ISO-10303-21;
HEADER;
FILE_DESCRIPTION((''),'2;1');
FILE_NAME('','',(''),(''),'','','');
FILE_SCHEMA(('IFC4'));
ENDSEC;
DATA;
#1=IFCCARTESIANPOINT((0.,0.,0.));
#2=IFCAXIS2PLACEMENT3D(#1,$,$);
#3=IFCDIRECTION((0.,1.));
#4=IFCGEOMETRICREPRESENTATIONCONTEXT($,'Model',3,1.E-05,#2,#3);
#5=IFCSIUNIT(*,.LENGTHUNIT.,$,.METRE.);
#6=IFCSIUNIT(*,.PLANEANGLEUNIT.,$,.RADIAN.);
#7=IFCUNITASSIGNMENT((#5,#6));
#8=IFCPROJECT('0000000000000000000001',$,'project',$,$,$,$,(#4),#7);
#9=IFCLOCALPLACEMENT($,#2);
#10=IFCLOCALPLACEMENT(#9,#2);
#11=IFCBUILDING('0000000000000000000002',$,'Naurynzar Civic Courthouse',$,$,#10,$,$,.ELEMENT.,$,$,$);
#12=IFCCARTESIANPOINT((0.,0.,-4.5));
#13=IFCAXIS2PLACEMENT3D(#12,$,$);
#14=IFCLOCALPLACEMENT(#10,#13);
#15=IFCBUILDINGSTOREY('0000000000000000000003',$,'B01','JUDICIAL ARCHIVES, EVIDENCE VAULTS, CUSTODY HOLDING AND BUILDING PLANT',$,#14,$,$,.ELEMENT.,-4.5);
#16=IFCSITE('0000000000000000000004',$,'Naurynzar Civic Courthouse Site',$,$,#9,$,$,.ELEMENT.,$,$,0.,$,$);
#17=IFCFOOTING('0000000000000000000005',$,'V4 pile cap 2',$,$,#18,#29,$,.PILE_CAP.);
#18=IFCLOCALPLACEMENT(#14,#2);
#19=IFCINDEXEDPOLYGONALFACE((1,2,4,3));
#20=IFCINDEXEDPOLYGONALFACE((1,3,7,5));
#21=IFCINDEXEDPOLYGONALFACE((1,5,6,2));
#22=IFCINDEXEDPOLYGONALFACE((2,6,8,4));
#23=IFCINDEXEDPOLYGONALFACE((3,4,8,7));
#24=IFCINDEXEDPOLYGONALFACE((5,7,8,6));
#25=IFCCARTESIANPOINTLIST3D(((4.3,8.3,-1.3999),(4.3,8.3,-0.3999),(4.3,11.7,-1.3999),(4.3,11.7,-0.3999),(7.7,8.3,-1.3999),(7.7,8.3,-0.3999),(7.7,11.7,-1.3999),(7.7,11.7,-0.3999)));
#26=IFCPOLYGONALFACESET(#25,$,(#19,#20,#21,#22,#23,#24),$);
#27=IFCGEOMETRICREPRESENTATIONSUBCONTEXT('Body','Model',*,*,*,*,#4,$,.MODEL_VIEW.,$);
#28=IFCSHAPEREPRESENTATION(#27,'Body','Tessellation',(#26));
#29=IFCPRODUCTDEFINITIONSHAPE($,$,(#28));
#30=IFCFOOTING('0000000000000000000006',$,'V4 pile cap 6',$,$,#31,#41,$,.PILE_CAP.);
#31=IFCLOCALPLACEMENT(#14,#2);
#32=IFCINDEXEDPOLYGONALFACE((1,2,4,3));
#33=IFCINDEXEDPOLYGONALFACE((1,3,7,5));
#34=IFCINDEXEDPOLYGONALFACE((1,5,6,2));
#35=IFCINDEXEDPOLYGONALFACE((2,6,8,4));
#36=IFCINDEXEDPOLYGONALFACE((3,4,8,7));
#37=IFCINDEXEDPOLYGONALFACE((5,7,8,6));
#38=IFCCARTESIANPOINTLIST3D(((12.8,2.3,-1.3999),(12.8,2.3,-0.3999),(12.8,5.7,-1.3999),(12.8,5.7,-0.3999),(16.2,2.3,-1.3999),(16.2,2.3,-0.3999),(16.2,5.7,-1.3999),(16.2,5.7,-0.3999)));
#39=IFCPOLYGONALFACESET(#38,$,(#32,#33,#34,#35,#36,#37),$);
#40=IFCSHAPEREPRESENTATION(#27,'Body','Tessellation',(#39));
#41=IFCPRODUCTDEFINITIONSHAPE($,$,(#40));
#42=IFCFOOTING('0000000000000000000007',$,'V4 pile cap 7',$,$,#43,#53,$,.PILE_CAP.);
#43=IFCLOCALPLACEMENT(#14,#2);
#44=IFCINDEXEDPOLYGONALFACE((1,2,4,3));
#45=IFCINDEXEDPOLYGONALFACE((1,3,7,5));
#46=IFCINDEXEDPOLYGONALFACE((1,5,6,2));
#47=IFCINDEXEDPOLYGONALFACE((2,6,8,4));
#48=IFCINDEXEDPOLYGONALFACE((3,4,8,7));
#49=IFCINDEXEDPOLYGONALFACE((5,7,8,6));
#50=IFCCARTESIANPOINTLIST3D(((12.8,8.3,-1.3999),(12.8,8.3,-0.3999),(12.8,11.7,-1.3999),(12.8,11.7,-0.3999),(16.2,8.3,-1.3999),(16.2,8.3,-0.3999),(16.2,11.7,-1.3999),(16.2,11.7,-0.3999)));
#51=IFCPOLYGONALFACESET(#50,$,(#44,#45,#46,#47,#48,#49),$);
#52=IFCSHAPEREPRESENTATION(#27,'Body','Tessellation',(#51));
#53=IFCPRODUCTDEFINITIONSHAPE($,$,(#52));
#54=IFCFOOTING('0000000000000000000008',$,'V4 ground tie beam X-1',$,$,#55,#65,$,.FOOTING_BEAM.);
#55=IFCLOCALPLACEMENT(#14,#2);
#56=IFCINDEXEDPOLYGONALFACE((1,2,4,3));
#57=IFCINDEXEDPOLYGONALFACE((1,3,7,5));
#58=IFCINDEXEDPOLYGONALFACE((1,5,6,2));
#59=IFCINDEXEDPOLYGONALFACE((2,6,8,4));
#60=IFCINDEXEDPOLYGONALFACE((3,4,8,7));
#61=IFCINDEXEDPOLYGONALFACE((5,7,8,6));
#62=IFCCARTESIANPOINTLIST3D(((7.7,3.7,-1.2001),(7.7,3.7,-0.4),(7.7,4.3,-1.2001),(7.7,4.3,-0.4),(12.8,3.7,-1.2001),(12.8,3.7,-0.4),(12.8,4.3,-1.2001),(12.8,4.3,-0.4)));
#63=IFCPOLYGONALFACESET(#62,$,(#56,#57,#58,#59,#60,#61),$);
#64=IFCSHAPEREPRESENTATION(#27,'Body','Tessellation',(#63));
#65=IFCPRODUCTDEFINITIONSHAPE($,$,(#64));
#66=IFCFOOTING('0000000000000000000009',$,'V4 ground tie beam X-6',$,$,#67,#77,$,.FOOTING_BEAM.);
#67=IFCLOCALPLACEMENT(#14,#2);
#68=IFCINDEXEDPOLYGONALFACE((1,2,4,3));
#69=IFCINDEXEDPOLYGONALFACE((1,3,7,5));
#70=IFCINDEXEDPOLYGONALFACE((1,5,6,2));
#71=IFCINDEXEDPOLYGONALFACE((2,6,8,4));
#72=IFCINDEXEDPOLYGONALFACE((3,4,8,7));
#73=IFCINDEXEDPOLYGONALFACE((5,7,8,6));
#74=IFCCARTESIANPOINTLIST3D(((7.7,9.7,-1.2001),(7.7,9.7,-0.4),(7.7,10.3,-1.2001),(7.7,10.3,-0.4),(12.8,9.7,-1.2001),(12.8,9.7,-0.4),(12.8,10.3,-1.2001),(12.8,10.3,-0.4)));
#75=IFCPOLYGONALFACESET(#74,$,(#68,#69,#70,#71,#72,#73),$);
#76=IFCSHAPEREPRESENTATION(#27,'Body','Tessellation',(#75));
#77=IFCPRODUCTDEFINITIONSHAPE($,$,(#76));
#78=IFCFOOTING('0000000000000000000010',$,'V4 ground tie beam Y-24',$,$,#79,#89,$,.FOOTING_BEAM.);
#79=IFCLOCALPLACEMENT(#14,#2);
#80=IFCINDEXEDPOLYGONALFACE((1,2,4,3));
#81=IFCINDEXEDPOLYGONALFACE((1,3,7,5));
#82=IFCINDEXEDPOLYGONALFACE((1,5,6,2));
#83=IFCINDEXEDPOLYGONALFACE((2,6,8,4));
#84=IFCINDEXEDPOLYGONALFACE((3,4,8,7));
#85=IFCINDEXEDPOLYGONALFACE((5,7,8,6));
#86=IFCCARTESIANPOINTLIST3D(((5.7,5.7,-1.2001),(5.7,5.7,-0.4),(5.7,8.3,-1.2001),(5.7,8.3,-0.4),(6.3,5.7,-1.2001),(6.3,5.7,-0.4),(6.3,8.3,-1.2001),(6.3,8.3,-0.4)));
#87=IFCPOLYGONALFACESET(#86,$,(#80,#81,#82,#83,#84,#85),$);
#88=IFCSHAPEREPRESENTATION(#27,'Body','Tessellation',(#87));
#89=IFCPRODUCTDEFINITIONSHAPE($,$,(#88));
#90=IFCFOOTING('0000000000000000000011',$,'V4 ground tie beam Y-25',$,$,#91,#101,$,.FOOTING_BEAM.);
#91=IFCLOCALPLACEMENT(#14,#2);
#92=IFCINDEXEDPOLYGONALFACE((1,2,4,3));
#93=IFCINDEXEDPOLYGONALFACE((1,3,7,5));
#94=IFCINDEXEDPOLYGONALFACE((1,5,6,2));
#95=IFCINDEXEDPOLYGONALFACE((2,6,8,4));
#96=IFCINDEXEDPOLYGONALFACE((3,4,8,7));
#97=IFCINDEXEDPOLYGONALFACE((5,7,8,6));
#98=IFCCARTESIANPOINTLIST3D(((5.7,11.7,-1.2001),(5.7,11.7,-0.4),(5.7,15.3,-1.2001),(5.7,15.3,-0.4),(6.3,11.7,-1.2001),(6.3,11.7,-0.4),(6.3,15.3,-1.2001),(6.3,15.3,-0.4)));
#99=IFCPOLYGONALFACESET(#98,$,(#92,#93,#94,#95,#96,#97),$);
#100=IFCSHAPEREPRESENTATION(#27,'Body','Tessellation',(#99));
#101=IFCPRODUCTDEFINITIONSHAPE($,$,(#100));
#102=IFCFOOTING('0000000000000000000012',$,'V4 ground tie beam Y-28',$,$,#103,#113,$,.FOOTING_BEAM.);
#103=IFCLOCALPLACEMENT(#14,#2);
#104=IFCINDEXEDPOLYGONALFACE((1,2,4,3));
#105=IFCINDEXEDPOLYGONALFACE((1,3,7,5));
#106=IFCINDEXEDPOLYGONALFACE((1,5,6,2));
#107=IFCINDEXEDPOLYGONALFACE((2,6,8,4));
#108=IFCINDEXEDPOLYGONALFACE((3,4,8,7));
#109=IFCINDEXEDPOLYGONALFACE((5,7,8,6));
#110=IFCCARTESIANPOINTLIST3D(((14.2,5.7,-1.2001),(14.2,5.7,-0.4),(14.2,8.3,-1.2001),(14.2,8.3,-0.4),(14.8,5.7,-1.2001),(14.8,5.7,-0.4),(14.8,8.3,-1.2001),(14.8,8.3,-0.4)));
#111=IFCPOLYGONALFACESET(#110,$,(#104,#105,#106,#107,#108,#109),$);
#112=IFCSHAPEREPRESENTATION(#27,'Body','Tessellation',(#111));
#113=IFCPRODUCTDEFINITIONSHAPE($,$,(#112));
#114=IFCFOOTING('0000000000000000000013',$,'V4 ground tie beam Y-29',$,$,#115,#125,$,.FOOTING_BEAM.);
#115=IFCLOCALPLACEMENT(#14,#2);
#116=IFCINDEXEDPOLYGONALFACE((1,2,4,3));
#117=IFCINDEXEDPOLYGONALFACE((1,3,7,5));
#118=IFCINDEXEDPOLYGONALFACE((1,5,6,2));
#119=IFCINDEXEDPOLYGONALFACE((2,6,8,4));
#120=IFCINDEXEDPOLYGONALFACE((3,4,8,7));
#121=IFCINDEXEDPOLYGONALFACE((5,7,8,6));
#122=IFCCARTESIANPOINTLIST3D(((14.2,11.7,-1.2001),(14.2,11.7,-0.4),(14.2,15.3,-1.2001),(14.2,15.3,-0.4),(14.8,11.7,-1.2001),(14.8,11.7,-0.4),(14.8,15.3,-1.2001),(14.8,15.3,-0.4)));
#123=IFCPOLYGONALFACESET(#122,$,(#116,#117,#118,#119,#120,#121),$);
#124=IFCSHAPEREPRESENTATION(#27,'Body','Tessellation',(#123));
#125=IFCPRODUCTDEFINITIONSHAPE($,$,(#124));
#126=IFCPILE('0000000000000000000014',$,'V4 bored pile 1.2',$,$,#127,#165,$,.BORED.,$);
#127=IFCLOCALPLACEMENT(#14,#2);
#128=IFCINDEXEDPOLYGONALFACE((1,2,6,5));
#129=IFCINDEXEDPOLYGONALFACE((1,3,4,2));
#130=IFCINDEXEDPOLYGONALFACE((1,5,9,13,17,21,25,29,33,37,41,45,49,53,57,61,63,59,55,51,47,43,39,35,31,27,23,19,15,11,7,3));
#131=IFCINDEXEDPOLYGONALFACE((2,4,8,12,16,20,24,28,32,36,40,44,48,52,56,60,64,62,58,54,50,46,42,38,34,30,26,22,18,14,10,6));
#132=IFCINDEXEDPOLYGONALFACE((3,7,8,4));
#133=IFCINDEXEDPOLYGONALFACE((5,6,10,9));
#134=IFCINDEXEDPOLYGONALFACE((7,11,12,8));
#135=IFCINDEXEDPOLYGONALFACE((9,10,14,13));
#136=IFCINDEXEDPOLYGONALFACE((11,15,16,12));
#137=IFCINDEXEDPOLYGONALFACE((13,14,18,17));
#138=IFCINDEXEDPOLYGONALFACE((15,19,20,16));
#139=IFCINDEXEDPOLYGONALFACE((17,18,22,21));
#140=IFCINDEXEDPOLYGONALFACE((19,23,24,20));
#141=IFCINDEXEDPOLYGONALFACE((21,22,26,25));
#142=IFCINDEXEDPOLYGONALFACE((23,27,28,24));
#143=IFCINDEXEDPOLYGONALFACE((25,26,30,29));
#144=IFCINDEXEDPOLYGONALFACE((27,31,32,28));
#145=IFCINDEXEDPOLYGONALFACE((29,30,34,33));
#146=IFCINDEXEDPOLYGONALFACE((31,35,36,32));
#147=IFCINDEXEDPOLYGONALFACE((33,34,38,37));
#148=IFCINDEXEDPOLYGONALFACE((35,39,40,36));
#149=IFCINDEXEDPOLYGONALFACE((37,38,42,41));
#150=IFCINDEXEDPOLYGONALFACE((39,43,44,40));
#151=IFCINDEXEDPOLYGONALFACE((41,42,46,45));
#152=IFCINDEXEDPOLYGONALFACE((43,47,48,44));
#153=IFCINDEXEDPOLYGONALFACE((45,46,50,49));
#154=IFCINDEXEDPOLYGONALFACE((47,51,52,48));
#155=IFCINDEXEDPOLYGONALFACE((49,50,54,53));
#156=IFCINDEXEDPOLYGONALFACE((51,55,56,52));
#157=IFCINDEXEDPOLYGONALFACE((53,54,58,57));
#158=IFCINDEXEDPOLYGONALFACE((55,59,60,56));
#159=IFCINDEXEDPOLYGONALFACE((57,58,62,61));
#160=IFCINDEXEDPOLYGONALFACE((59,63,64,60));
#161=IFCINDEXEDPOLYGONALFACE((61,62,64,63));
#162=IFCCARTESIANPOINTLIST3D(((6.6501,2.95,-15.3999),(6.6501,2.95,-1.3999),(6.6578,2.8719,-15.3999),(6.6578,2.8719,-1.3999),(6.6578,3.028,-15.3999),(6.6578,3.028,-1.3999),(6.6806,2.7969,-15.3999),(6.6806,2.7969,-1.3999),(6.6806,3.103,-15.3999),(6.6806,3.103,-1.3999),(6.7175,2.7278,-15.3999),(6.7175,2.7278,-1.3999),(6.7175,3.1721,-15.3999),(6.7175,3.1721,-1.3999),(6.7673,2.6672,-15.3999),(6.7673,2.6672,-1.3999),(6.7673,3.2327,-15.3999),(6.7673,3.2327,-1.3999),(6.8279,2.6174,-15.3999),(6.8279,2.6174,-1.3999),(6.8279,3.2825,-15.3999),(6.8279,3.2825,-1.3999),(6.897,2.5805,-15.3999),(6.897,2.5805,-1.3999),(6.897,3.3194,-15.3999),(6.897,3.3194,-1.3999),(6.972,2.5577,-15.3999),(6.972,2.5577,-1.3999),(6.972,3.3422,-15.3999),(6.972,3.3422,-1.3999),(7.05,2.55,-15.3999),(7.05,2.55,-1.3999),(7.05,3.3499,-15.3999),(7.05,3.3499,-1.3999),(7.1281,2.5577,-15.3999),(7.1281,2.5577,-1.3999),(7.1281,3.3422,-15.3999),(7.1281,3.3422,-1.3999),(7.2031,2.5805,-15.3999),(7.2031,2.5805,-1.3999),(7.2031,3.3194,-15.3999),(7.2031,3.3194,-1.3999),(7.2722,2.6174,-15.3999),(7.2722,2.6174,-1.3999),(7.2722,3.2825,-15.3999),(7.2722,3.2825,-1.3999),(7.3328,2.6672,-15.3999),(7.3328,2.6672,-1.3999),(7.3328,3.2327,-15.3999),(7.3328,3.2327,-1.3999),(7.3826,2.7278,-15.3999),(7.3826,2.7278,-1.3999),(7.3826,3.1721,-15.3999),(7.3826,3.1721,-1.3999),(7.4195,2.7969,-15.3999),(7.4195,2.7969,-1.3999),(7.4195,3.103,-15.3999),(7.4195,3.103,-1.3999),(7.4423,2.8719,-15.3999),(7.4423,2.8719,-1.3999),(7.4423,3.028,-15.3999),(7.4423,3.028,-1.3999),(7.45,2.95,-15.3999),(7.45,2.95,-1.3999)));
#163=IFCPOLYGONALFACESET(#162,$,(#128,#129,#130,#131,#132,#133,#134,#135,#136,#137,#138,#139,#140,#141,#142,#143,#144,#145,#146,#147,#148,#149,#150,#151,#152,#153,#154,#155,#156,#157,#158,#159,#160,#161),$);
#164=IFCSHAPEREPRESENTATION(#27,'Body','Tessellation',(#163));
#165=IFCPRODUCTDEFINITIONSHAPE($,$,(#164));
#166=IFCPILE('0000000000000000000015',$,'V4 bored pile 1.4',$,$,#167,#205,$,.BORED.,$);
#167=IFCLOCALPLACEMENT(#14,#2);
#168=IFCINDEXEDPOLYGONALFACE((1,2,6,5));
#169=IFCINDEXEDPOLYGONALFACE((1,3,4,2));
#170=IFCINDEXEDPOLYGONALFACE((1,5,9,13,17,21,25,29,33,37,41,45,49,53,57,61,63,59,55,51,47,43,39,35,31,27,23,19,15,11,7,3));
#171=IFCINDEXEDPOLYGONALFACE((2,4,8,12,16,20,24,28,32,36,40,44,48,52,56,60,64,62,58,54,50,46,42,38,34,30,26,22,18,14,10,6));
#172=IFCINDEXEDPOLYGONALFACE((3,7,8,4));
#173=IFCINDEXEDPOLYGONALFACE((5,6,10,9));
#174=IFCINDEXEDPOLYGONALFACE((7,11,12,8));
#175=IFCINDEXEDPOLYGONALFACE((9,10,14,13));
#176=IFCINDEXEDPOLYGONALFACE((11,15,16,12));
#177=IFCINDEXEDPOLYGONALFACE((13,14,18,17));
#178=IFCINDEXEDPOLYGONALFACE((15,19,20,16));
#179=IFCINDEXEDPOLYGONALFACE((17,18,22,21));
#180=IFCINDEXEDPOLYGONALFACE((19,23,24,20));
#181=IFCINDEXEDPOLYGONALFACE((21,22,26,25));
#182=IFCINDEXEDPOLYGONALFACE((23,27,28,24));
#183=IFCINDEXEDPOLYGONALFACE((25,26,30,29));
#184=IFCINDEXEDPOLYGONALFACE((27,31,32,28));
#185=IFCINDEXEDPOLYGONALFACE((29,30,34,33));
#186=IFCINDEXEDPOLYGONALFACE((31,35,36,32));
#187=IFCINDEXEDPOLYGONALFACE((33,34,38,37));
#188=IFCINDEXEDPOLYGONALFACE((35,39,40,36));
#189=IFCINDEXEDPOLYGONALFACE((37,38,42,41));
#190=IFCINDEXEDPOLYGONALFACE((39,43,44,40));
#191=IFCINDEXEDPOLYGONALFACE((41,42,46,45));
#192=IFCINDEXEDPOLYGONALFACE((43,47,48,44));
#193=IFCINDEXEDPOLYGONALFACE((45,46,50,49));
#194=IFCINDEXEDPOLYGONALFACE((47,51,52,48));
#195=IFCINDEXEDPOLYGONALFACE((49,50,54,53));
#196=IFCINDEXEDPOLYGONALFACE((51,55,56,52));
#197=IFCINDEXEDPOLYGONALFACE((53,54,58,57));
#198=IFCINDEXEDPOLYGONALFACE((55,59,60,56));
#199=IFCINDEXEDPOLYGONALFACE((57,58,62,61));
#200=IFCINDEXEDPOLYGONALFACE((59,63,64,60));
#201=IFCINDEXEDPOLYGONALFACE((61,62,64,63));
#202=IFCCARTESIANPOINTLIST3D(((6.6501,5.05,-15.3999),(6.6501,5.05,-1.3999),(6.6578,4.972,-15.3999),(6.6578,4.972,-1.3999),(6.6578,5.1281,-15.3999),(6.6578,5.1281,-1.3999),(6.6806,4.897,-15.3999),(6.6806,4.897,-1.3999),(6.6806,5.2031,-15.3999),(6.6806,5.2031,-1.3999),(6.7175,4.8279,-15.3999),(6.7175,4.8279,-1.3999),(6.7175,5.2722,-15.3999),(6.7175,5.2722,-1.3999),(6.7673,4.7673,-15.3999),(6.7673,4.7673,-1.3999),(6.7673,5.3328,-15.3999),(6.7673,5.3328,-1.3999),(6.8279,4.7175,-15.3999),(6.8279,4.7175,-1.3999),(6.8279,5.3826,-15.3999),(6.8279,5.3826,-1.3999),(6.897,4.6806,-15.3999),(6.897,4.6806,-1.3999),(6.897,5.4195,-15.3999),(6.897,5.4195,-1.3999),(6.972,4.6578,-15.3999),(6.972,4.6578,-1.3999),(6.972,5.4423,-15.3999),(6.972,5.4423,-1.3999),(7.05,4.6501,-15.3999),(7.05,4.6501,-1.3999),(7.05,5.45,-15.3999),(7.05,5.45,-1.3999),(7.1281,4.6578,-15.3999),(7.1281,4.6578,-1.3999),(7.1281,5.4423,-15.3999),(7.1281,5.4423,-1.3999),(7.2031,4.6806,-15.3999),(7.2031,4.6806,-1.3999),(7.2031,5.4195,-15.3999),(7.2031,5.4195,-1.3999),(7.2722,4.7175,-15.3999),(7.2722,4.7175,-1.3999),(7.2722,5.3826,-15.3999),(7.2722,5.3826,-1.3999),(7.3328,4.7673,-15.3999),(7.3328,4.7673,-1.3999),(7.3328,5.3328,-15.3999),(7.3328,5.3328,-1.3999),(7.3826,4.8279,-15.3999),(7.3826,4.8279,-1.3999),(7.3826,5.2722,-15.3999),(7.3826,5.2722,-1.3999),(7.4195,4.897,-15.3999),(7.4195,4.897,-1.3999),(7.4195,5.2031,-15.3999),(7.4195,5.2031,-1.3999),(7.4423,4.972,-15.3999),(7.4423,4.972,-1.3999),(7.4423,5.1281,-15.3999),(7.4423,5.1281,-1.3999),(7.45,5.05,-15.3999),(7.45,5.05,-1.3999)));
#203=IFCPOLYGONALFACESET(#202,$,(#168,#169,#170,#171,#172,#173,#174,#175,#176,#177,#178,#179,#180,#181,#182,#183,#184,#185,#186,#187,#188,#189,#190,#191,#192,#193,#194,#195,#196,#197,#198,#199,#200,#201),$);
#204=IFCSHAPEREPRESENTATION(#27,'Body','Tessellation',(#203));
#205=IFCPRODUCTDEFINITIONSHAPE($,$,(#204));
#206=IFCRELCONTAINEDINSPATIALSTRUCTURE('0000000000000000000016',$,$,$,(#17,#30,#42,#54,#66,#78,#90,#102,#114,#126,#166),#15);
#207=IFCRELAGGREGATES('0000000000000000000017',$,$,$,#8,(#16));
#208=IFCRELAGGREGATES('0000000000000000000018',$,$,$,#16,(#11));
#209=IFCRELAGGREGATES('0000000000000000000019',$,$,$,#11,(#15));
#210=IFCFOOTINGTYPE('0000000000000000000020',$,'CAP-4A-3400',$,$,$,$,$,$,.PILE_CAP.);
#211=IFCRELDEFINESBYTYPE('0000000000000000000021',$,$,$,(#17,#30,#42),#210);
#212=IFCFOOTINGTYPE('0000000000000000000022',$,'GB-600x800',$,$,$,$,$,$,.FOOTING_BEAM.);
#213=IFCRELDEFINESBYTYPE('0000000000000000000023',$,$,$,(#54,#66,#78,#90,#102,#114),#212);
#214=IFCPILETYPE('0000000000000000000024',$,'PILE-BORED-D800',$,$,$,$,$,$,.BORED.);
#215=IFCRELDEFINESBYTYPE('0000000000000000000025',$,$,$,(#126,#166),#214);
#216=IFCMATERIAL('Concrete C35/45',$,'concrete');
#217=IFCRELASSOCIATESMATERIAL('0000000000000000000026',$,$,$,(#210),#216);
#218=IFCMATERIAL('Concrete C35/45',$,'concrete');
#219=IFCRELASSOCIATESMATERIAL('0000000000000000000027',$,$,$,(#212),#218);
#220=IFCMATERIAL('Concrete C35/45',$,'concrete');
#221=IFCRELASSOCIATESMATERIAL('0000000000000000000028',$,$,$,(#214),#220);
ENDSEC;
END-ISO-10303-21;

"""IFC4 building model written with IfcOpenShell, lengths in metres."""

from ifc_helpers import new_model, si_unit, direction, frame, origin, origin_2d, place, context, subcontext, project, spatial, rectangle, circle, extrude, material, material_profile, profile_set, type_object, element, save


model = new_model("IFC4")

# Units and contexts
model_context = context("Model", 3, precision=1e-05, world=origin(), true_north=direction((0.0, 1.0)))
body_context = subcontext(model_context, "Body", "Model", "MODEL_VIEW")
ifc_project = project(units=[si_unit("LENGTHUNIT", "METRE"), si_unit("PLANEANGLEUNIT", "RADIAN")], contexts=[model_context])

# Site, building, storey
site_placement = place(None, origin())
site = spatial("IfcSite", under=ifc_project, at=site_placement, Name="Naurynzar Civic Courthouse Site", CompositionType="ELEMENT", RefElevation=0.0)
building_placement = place(site_placement, origin())
building = spatial("IfcBuilding", under=site, at=building_placement, Name="Naurynzar Civic Courthouse", CompositionType="ELEMENT")
storey_placement = place(building_placement, frame((0.0, 0.0, -4.5)))
storey = spatial("IfcBuildingStorey", under=building, at=storey_placement, Name="B01", Description="JUDICIAL ARCHIVES, EVIDENCE VAULTS, CUSTODY HOLDING AND BUILDING PLANT", CompositionType="ELEMENT", Elevation=-4.5)

# Footings
ifc_material_1 = material(Name="Concrete C35/45", Category="concrete")
footing_type_1 = type_object("IfcFootingType", Name="CAP-4A-3400", PredefinedType="PILE_CAP", material=ifc_material_1)
for number, where, z_axis, x_axis, name in (
    (1, (6.0, 10.0, -1.3999), (0.0, 0.0, 1.0), (1.0, 0.0, 0.0), "V4 pile cap 2"),
    (2, (14.5, 4.0, -1.3999), (0.0, 0.0, 1.0), (1.0, 0.0, 0.0), "V4 pile cap 6"),
    (3, (14.5, 10.0, -1.3999), (0.0, 0.0, 1.0), (1.0, 0.0, 0.0), "V4 pile cap 7"),
):
    element("IfcFooting", number, at=place(storey_placement, frame(where, z_axis=z_axis, x_axis=x_axis)), inside=storey, type_object=footing_type_1, Name=name, PredefinedType="PILE_CAP", context=body_context, shape_type="SweptSolid", body=[
        extrude(rectangle(XDim=3.3999, YDim=3.3999, at=origin_2d()), origin(), (0.0, 0.0, 1.0), 1.0),
    ])
ifc_material_2 = material(Name="Concrete C35/45", Category="concrete")
ifc_material_profile_1 = material_profile(ifc_material_2, rectangle(XDim=0.6001, YDim=0.8, at=origin_2d()), Name="GB 600x800")
ifc_profile_set_1 = profile_set([ifc_material_profile_1], Name="Concrete C35/45")
footing_type_2 = type_object("IfcFootingType", Name="GB-600x800", PredefinedType="FOOTING_BEAM", material=ifc_profile_set_1)
for number, where, z_axis, x_axis, name in (
    (4, (7.7, 4.0, -0.8), (1.0, 0.0, 0.0), (0.0, 1.0, 0.0), "V4 ground tie beam X-1"),
    (5, (7.7, 10.0, -0.8), (1.0, 0.0, 0.0), (0.0, 1.0, 0.0), "V4 ground tie beam X-6"),
):
    element("IfcFooting", number, at=place(storey_placement, frame(where, z_axis=z_axis, x_axis=x_axis)), inside=storey, type_object=footing_type_2, Name=name, PredefinedType="FOOTING_BEAM", context=body_context, shape_type="SweptSolid", body=[
        extrude(rectangle(XDim=0.6001, YDim=0.8, at=origin_2d()), origin(), (0.0, 0.0, 1.0), 5.1001),
    ])
footing_1_placement = place(storey_placement, frame((6.0, 5.7, -0.8), z_axis=(0.0, 1.0, 0.0), x_axis=(-1.0, 0.0, 0.0)))
element("IfcFooting", 6, at=footing_1_placement, inside=storey, type_object=footing_type_2, Name="V4 ground tie beam Y-24", PredefinedType="FOOTING_BEAM", context=body_context, shape_type="SweptSolid", body=[
    extrude(rectangle(XDim=0.6001, YDim=0.8, at=origin_2d()), origin(), (0.0, 0.0, 1.0), 2.6001),
])
footing_2_placement = place(storey_placement, frame((6.0, 11.7, -0.8), z_axis=(0.0, 1.0, 0.0), x_axis=(-1.0, 0.0, 0.0)))
element("IfcFooting", 7, at=footing_2_placement, inside=storey, type_object=footing_type_2, Name="V4 ground tie beam Y-25", PredefinedType="FOOTING_BEAM", context=body_context, shape_type="SweptSolid", body=[
    extrude(rectangle(XDim=0.6001, YDim=0.8, at=origin_2d()), origin(), (0.0, 0.0, 1.0), 3.6001),
])
footing_3_placement = place(storey_placement, frame((14.5, 5.7, -0.8), z_axis=(0.0, 1.0, 0.0), x_axis=(-1.0, 0.0, 0.0)))
element("IfcFooting", 8, at=footing_3_placement, inside=storey, type_object=footing_type_2, Name="V4 ground tie beam Y-28", PredefinedType="FOOTING_BEAM", context=body_context, shape_type="SweptSolid", body=[
    extrude(rectangle(XDim=0.6001, YDim=0.8, at=origin_2d()), origin(), (0.0, 0.0, 1.0), 2.6001),
])
footing_4_placement = place(storey_placement, frame((14.5, 11.7, -0.8), z_axis=(0.0, 1.0, 0.0), x_axis=(-1.0, 0.0, 0.0)))
element("IfcFooting", 9, at=footing_4_placement, inside=storey, type_object=footing_type_2, Name="V4 ground tie beam Y-29", PredefinedType="FOOTING_BEAM", context=body_context, shape_type="SweptSolid", body=[
    extrude(rectangle(XDim=0.6001, YDim=0.8, at=origin_2d()), origin(), (0.0, 0.0, 1.0), 3.6001),
])

# Piles
ifc_material_3 = material(Name="Concrete C35/45", Category="concrete")
ifc_material_profile_2 = material_profile(ifc_material_3, circle(Radius=0.3999, at=origin_2d()), Name="PILE D800")
ifc_profile_set_2 = profile_set([ifc_material_profile_2], Name="Concrete C35/45")
pile_type = type_object("IfcPileType", Name="PILE-BORED-D800", PredefinedType="BORED", material=ifc_profile_set_2)
for number, where, z_axis, x_axis, name in (
    (10, (7.05, 2.95, -1.3999), (0.0, 0.0, -1.0), (1.0, 0.0, 0.0), "V4 bored pile 1.2"),
    (11, (7.05, 5.05, -1.3999), (0.0, 0.0, -1.0), (1.0, 0.0, 0.0), "V4 bored pile 1.4"),
):
    element("IfcPile", number, at=place(storey_placement, frame(where, z_axis=z_axis, x_axis=x_axis)), inside=storey, type_object=pile_type, Name=name, PredefinedType="BORED", context=body_context, shape_type="SweptSolid", body=[
        extrude(circle(Radius=0.3999, at=origin_2d()), origin(), (0.0, 0.0, 1.0), 14.0),
    ])

save(model, "model.ifc")
